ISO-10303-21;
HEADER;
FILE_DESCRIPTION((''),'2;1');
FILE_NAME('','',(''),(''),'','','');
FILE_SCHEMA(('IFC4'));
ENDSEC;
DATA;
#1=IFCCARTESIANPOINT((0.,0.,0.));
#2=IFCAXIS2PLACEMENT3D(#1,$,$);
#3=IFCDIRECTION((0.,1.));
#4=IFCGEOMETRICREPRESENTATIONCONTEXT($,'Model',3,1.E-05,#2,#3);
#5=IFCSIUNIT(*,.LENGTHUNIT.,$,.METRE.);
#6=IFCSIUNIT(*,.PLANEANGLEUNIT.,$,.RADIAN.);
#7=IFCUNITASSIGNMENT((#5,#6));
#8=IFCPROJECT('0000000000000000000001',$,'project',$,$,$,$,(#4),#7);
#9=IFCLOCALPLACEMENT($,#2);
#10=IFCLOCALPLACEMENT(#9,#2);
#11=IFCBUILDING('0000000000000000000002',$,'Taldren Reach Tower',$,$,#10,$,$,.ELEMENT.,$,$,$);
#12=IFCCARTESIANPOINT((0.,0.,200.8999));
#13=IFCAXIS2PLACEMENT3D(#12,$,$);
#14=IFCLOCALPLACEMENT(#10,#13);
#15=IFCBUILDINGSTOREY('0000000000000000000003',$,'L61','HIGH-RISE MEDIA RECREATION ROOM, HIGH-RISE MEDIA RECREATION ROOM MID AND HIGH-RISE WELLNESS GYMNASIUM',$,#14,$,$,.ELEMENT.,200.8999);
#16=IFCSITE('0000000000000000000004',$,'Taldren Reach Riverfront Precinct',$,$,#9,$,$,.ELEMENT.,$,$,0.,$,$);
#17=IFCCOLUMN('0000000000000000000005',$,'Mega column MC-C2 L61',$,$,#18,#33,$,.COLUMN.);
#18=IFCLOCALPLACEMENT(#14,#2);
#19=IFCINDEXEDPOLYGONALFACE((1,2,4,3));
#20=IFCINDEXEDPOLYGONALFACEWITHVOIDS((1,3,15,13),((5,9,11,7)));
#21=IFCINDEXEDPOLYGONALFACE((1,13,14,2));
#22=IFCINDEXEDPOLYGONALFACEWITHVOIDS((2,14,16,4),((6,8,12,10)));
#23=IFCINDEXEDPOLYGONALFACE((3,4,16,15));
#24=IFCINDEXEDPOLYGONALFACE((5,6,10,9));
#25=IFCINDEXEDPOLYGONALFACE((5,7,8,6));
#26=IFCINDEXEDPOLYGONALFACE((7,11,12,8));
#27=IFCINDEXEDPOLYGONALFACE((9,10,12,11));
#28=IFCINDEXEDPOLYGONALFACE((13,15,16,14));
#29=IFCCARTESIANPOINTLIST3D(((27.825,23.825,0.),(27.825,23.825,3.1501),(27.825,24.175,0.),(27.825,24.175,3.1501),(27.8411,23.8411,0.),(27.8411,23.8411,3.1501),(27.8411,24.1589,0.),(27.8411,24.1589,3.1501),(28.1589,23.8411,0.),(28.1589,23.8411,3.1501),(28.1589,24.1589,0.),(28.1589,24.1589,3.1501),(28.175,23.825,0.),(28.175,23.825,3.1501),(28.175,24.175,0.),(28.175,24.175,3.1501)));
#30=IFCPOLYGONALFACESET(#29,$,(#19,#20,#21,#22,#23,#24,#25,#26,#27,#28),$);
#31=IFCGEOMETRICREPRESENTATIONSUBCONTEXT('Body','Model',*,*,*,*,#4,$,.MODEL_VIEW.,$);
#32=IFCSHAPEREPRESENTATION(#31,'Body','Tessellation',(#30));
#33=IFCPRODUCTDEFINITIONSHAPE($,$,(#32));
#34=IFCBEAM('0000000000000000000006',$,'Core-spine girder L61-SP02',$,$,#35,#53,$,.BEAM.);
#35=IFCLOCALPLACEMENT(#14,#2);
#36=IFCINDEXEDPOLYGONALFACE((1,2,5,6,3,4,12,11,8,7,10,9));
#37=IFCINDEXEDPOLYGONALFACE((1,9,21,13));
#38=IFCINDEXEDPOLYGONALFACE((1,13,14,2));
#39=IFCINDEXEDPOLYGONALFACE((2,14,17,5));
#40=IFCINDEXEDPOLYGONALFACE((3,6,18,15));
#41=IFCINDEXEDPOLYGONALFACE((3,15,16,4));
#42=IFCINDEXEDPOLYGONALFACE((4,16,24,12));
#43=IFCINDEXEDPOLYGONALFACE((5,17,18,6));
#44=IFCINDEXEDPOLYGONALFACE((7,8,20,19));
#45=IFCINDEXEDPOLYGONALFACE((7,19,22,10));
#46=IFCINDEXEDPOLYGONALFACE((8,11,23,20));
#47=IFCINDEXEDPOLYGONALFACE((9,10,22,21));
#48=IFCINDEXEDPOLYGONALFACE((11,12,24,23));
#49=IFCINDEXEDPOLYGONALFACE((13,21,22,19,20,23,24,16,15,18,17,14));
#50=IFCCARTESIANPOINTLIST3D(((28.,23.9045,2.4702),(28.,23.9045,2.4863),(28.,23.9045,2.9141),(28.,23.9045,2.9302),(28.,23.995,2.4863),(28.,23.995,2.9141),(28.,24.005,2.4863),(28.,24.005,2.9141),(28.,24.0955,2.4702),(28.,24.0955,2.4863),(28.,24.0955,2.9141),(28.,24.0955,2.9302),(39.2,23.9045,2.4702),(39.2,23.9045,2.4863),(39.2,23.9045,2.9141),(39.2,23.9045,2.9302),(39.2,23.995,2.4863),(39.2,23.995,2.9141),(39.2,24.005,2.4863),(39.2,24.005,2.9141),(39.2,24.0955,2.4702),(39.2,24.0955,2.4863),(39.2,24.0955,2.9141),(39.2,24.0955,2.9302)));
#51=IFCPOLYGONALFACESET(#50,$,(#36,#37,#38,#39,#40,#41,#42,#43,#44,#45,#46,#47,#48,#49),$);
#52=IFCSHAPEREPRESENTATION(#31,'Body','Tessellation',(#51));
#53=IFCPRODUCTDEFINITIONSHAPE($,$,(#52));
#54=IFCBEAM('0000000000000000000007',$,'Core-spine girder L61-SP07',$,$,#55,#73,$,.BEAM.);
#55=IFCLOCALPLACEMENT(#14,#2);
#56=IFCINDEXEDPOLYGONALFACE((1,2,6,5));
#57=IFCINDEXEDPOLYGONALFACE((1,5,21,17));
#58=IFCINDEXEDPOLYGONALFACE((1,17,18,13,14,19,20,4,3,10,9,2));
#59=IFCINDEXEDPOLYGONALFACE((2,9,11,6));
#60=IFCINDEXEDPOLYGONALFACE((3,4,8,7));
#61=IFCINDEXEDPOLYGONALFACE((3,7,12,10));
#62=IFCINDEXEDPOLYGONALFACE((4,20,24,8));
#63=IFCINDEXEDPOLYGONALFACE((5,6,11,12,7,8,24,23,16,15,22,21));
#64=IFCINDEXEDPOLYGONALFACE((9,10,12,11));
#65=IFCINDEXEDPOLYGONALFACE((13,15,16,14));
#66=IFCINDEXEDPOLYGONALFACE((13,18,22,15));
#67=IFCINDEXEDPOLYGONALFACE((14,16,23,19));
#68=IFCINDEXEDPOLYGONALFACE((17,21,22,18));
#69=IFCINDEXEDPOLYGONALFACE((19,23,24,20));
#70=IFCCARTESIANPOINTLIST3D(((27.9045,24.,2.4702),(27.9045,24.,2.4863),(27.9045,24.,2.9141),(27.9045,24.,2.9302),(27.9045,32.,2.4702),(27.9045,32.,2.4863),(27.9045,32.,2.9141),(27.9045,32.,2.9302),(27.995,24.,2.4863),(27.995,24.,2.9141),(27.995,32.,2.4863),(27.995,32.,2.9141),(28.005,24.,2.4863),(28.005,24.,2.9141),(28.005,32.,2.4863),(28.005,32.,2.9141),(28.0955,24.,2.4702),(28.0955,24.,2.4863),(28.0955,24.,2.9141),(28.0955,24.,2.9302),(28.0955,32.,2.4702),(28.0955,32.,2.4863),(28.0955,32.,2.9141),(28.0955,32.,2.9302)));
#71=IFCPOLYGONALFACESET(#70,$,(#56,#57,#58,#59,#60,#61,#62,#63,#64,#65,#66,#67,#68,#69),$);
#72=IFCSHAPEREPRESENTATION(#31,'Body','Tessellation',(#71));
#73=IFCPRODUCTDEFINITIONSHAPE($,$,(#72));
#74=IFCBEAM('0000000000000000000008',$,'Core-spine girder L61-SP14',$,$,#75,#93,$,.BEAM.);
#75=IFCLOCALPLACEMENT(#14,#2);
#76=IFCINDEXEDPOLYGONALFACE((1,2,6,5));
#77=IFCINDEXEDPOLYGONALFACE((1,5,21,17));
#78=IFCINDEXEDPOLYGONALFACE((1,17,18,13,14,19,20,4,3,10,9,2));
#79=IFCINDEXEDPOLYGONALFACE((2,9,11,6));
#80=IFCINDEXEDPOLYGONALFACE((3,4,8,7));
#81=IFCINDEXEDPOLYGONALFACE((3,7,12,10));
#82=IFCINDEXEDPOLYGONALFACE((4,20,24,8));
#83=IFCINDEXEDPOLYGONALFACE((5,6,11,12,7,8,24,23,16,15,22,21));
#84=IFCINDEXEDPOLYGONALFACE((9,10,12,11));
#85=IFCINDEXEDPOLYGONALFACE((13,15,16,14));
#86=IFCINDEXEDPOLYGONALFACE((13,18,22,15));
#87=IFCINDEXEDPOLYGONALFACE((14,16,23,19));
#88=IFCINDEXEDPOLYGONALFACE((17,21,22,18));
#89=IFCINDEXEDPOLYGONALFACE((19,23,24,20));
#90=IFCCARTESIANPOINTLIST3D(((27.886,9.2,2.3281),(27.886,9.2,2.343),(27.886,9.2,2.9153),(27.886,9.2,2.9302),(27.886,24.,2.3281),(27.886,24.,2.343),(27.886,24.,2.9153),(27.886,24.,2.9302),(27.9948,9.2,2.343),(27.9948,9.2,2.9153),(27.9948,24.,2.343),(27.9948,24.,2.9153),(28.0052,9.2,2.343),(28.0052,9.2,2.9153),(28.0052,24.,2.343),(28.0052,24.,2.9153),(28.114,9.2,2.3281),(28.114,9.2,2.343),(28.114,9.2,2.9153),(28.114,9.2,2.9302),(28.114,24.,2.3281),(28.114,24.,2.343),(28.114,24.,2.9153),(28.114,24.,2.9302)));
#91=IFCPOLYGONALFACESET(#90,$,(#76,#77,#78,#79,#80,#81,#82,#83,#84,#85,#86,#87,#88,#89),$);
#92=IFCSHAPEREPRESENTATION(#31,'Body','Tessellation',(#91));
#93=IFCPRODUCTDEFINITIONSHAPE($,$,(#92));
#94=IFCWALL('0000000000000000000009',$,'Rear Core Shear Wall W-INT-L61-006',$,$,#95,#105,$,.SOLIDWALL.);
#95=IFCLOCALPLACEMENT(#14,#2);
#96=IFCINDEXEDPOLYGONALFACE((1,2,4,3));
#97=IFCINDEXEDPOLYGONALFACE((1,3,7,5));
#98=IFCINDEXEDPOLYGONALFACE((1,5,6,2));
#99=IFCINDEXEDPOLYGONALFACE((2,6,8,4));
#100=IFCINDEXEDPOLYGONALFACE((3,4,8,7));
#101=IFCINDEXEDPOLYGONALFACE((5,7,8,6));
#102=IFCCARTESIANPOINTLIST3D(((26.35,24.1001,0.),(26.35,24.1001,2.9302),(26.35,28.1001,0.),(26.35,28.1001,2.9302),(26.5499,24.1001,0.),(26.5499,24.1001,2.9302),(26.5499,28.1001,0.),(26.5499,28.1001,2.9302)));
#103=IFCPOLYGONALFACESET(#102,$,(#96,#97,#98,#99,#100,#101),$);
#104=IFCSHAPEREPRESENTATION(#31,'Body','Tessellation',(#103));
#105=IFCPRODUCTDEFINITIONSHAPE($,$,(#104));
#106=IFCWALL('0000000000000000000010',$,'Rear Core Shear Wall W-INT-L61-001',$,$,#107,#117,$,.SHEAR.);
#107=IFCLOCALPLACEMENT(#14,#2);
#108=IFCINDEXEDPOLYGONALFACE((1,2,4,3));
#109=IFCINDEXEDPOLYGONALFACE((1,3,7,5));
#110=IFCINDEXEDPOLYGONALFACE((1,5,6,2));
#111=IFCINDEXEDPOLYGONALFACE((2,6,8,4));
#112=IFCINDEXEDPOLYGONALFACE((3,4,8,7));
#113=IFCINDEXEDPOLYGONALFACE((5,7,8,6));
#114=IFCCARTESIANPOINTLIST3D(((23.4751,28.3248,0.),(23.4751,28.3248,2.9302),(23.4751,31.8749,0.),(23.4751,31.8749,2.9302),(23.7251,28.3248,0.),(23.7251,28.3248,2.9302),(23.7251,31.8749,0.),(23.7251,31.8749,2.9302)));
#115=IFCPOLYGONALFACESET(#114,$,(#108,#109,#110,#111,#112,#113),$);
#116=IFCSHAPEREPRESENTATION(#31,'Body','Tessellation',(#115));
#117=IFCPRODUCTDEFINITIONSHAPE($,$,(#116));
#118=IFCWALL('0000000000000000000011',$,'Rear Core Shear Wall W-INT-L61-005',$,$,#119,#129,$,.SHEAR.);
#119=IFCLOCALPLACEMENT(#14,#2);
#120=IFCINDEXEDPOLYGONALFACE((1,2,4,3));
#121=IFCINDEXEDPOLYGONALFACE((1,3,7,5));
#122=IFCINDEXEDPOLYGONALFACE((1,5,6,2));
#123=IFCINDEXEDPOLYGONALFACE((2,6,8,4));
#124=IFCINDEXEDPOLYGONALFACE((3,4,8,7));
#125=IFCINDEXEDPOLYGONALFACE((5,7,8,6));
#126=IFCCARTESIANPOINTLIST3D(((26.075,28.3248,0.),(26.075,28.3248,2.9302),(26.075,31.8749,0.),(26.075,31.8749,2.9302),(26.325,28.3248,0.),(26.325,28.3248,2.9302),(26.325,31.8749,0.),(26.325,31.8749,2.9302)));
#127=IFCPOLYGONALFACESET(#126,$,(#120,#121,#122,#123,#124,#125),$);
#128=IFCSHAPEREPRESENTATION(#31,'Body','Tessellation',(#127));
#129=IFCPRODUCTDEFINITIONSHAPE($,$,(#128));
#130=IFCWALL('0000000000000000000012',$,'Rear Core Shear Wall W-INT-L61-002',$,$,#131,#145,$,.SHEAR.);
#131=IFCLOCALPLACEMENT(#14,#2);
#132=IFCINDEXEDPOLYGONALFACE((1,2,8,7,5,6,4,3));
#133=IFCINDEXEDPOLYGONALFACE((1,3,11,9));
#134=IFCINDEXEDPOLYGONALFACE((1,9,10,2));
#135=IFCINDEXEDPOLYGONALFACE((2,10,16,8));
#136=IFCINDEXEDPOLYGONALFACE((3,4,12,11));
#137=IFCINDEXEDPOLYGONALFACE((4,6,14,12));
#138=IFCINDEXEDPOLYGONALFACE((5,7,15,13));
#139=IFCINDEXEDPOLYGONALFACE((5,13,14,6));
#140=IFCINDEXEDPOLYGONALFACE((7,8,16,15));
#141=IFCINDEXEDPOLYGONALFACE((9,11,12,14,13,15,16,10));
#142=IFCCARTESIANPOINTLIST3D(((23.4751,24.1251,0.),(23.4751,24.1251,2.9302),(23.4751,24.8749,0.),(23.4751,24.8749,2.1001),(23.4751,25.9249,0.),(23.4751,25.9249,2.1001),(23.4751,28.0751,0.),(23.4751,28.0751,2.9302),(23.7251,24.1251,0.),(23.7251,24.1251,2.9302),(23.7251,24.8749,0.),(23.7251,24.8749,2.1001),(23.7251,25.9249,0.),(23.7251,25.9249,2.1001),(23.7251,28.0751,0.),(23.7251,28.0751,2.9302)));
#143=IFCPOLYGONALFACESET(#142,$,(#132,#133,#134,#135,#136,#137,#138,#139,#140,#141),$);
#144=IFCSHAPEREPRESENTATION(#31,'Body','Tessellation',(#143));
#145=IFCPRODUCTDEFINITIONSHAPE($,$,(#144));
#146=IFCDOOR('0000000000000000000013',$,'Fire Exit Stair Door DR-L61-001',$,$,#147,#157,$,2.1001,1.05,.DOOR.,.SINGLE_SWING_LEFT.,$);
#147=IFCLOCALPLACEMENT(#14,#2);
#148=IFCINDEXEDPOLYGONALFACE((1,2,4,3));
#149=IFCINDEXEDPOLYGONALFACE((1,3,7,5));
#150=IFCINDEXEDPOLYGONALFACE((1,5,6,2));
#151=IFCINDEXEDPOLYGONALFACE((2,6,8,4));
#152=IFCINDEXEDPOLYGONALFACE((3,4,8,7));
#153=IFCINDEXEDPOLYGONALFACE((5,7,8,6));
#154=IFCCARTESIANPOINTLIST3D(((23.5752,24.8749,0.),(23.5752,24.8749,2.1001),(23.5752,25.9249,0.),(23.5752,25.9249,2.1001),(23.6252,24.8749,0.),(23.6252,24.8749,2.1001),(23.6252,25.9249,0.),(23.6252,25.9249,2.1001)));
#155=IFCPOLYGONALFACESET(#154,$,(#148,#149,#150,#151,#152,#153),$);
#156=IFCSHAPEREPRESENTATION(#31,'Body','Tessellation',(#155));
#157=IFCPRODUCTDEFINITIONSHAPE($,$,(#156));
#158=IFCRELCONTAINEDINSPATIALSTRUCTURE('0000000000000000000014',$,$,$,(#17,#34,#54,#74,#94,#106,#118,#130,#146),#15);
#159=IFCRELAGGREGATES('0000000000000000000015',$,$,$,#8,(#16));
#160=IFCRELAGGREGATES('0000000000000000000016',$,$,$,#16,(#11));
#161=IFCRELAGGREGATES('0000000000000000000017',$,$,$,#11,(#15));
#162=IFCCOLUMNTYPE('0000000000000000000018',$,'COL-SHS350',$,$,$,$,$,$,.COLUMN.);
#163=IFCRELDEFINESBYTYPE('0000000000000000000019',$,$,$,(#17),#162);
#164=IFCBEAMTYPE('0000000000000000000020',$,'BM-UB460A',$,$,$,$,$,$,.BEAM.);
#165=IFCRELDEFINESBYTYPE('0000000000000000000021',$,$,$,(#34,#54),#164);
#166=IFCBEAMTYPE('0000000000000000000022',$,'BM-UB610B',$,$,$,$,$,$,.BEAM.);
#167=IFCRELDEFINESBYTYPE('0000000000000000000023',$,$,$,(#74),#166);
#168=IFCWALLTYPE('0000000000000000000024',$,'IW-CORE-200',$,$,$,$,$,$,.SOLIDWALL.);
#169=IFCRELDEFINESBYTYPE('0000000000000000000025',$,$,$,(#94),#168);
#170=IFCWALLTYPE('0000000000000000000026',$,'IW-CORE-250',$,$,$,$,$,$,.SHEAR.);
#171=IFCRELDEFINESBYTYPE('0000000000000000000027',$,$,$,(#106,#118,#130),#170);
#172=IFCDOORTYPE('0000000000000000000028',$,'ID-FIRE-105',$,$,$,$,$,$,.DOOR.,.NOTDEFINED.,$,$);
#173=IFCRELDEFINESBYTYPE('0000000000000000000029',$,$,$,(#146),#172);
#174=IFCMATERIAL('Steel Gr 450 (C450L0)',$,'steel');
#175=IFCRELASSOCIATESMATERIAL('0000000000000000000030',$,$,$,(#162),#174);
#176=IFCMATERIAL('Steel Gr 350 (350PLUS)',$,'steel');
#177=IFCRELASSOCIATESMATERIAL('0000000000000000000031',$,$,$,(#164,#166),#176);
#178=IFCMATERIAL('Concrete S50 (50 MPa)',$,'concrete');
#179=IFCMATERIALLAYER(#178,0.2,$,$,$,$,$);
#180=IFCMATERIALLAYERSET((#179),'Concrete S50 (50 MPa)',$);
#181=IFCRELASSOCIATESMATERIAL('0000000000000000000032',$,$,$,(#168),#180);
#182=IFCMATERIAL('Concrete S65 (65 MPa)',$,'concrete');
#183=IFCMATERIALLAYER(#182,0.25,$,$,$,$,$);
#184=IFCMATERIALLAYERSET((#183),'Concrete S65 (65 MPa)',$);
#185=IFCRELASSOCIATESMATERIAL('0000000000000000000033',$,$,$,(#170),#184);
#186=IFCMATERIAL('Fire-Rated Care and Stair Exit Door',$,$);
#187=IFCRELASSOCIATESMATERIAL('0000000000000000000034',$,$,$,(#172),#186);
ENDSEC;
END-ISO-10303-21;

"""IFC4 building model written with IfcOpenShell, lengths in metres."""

from ifc_helpers import new_model, si_unit, direction, frame, frame_2d, origin, origin_2d, place, context, subcontext, project, spatial, rectangle, hollow_rectangle, i_section, extrude, source, transform, mapped, material, layer, layer_set, material_profile, profile_set, type_object, element, fill, save


model = new_model("IFC4")

# Units and contexts
model_context = context("Model", 3, precision=1e-05, world=origin(), true_north=direction((0.0, 1.0)))
body_context = subcontext(model_context, "Body", "Model", "MODEL_VIEW")
ifc_project = project(units=[si_unit("LENGTHUNIT", "METRE"), si_unit("PLANEANGLEUNIT", "RADIAN")], contexts=[model_context])

# Site, building, storey
site_placement = place(None, origin())
site = spatial("IfcSite", under=ifc_project, at=site_placement, Name="Taldren Reach Riverfront Precinct", CompositionType="ELEMENT", RefElevation=0.0)
building_placement = place(site_placement, origin())
building = spatial("IfcBuilding", under=site, at=building_placement, Name="Taldren Reach Tower", CompositionType="ELEMENT")
storey_placement = place(building_placement, frame((0.0, 0.0, 200.8999)))
storey = spatial("IfcBuildingStorey", under=building, at=storey_placement, Name="L61", Description="HIGH-RISE MEDIA RECREATION ROOM, HIGH-RISE MEDIA RECREATION ROOM MID AND HIGH-RISE WELLNESS GYMNASIUM", CompositionType="ELEMENT", Elevation=200.8999)

# Column
ifc_material_1 = material(Name="Steel Gr 450 (C450L0)", Category="steel")
ifc_material_profile_1 = material_profile(ifc_material_1, hollow_rectangle(XDim=0.3501, YDim=0.3501, WallThickness=0.0161, at=origin_2d()), Name="350x350x16.0SHS")
ifc_profile_set_1 = profile_set([ifc_material_profile_1], Name="Steel Gr 450 (C450L0)")
column_type = type_object("IfcColumnType", Name="COL-SHS350", PredefinedType="COLUMN", material=ifc_profile_set_1)
shared_shape_1 = source(origin(), body_context, "Body", "SweptSolid", [
    extrude(hollow_rectangle(XDim=0.3501, YDim=0.3501, WallThickness=0.0161, at=origin_2d()), origin(), (0.0, 0.0, 1.0), 3.1501),
])
column_placement = place(storey_placement, frame((28.0, 24.0, 0.0), z_axis=(0.0, 0.0, 1.0), x_axis=(1.0, 0.0, 0.0)))
element("IfcColumn", 1, at=column_placement, inside=storey, type_object=column_type, Name="Mega column MC-C2 L61", PredefinedType="COLUMN", context=body_context, shape_type="MappedRepresentation", body=[
    mapped(shared_shape_1, transform((0.0, 0.0, 0.0), scale=1.0)),
])

# Beams
ifc_material_2 = material(Name="Steel Gr 350 (350PLUS)", Category="steel")
ifc_material_profile_2 = material_profile(ifc_material_2, i_section(OverallWidth=0.1909, OverallDepth=0.46, WebThickness=0.01, FlangeThickness=0.0161, at=origin_2d()), Name="460UB82.1")
ifc_profile_set_2 = profile_set([ifc_material_profile_2], Name="Steel Gr 350 (350PLUS)")
beam_type_1 = type_object("IfcBeamType", Name="BM-UB460A", PredefinedType="BEAM", material=ifc_profile_set_2)
shared_shape_2 = source(origin(), body_context, "Body", "SweptSolid", [
    extrude(i_section(OverallWidth=0.1909, OverallDepth=0.46, WebThickness=0.01, FlangeThickness=0.0161, at=origin_2d()), origin(), (0.0, 0.0, 1.0), 11.2),
])
beam_1_placement = place(storey_placement, frame((28.0, 24.0, 2.7002), z_axis=(1.0, 0.0, 0.0), x_axis=(0.0, 1.0, 0.0)))
element("IfcBeam", 2, at=beam_1_placement, inside=storey, type_object=beam_type_1, Name="Core-spine girder L61-SP02", PredefinedType="BEAM", context=body_context, shape_type="MappedRepresentation", body=[
    mapped(shared_shape_2, transform((0.0, 0.0, 0.0), scale=1.0)),
])
shared_shape_3 = source(origin(), body_context, "Body", "SweptSolid", [
    extrude(i_section(OverallWidth=0.1909, OverallDepth=0.46, WebThickness=0.01, FlangeThickness=0.0161, at=origin_2d()), origin(), (0.0, 0.0, 1.0), 8.0),
])
beam_2_placement = place(storey_placement, frame((28.0, 24.0, 2.7002), z_axis=(0.0, 1.0, 0.0), x_axis=(-1.0, 0.0, 0.0)))
element("IfcBeam", 3, at=beam_2_placement, inside=storey, type_object=beam_type_1, Name="Core-spine girder L61-SP07", PredefinedType="BEAM", context=body_context, shape_type="MappedRepresentation", body=[
    mapped(shared_shape_3, transform((0.0, 0.0, 0.0), scale=1.0)),
])
ifc_material_profile_3 = material_profile(ifc_material_2, i_section(OverallWidth=0.228, OverallDepth=0.6021, WebThickness=0.0105, FlangeThickness=0.0149, at=origin_2d()), Name="610UB101")
ifc_profile_set_3 = profile_set([ifc_material_profile_3], Name="Steel Gr 350 (350PLUS)")
beam_type_2 = type_object("IfcBeamType", Name="BM-UB610B", PredefinedType="BEAM", material=ifc_profile_set_3)
shared_shape_4 = source(origin(), body_context, "Body", "SweptSolid", [
    extrude(i_section(OverallWidth=0.228, OverallDepth=0.6021, WebThickness=0.0105, FlangeThickness=0.0149, at=origin_2d()), origin(), (0.0, 0.0, 1.0), 14.8),
])
beam_3_placement = place(storey_placement, frame((28.0, 24.0, 2.6292), z_axis=(0.0, -1.0, 0.0), x_axis=(1.0, 0.0, 0.0)))
element("IfcBeam", 4, at=beam_3_placement, inside=storey, type_object=beam_type_2, Name="Core-spine girder L61-SP14", PredefinedType="BEAM", context=body_context, shape_type="MappedRepresentation", body=[
    mapped(shared_shape_4, transform((0.0, 0.0, 0.0), scale=1.0)),
])

# Walls
ifc_material_3 = material(Name="Concrete S50 (50 MPa)", Category="concrete")
ifc_layer_1 = layer(ifc_material_3, 0.2)
ifc_layer_set_1 = layer_set([ifc_layer_1], Name="Concrete S50 (50 MPa)")
wall_type_1 = type_object("IfcWallType", Name="IW-CORE-200", PredefinedType="SOLIDWALL", material=ifc_layer_set_1)
shared_shape_5 = source(origin(), body_context, "Body", "SweptSolid", [
    extrude(rectangle(XDim=4.0, YDim=0.2, at=frame_2d((2.0, 0.0))), origin(), (0.0, 0.0, 1.0), 2.9302),
])
wall_1_placement = place(storey_placement, frame((26.45, 24.1001, 0.0), z_axis=(0.0, 0.0, 1.0), x_axis=(0.0, 1.0, 0.0)))
element("IfcWall", 5, at=wall_1_placement, inside=storey, type_object=wall_type_1, Name="Rear Core Shear Wall W-INT-L61-006", PredefinedType="SOLIDWALL", context=body_context, shape_type="MappedRepresentation", body=[
    mapped(shared_shape_5, transform((0.0, 0.0, 0.0), scale=1.0)),
])
ifc_material_4 = material(Name="Concrete S65 (65 MPa)", Category="concrete")
ifc_layer_2 = layer(ifc_material_4, 0.25)
ifc_layer_set_2 = layer_set([ifc_layer_2], Name="Concrete S65 (65 MPa)")
wall_type_2 = type_object("IfcWallType", Name="IW-CORE-250", PredefinedType="SHEAR", material=ifc_layer_set_2)
shared_shape_6 = source(origin(), body_context, "Body", "SweptSolid", [
    extrude(rectangle(XDim=3.55, YDim=0.25, at=frame_2d((1.7749, 0.0))), origin(), (0.0, 0.0, 1.0), 2.9302),
])
for number, where, z_axis, x_axis, name in (
    (6, (23.6001, 28.325, 0.0), (0.0, 0.0, 1.0), (0.0, 1.0, 0.0), "Rear Core Shear Wall W-INT-L61-001"),
    (7, (26.2, 28.325, 0.0), (0.0, 0.0, 1.0), (0.0, 1.0, 0.0), "Rear Core Shear Wall W-INT-L61-005"),
):
    element("IfcWall", number, at=place(storey_placement, frame(where, z_axis=z_axis, x_axis=x_axis)), inside=storey, type_object=wall_type_2, Name=name, PredefinedType="SHEAR", context=body_context, shape_type="MappedRepresentation", body=[
        mapped(shared_shape_6, transform((0.0, 0.0, 0.0), scale=1.0)),
    ])

# Wall, opening, door
shared_shape_7 = source(origin(), body_context, "Body", "SweptSolid", [
    extrude(rectangle(XDim=3.95, YDim=0.25, at=frame_2d((1.9751, 0.0))), origin(), (0.0, 0.0, 1.0), 2.9302),
])
wall_2_placement = place(storey_placement, frame((23.6001, 24.125, 0.0), z_axis=(0.0, 0.0, 1.0), x_axis=(0.0, 1.0, 0.0)))
wall_2 = element("IfcWall", 8, at=wall_2_placement, inside=storey, type_object=wall_type_2, Name="Rear Core Shear Wall W-INT-L61-002", PredefinedType="SHEAR", context=body_context, shape_type="MappedRepresentation", body=[
    mapped(shared_shape_7, transform((0.0, 0.0, 0.0), scale=1.0)),
])
shared_shape_8 = source(origin(), body_context, "Body", "SweptSolid", [
    extrude(rectangle(XDim=1.05, YDim=2.1001, at=frame_2d((0.5249, 1.05))), frame((0.0, 0.135, 0.0), z_axis=(0.0, -1.0, 0.0), x_axis=(1.0, 0.0, 0.0)), (0.0, 0.0, 1.0), 0.27),
])
opening_1_placement = place(wall_2_placement, frame((0.75, 0.0, 0.0)))
opening_1 = element("IfcOpeningElement", 9, at=opening_1_placement, cuts=wall_2, PredefinedType="OPENING", context=body_context, shape_type="MappedRepresentation", body=[
    mapped(shared_shape_8, transform((0.0, 0.0, 0.0), scale=1.0)),
])
ifc_material_5 = material(Name="Fire-Rated Care and Stair Exit Door")
door_type_1 = type_object("IfcDoorType", Name="ID-FIRE-105", OperationType="NOTDEFINED", PredefinedType="DOOR", material=ifc_material_5)
shared_shape_9 = source(origin(), body_context, "Body", "SweptSolid", [
    extrude(rectangle(XDim=1.05, YDim=2.1001, at=frame_2d((0.5249, 1.05))), frame((0.0, 0.0249, 0.0), z_axis=(0.0, -1.0, 0.0), x_axis=(1.0, 0.0, 0.0)), (0.0, 0.0, 1.0), 0.05),
])
door_1_placement = place(opening_1_placement, origin())
door_1 = element("IfcDoor", 10, at=door_1_placement, inside=storey, type_object=door_type_1, Name="Fire Exit Stair Door DR-L61-001", OperationType="SINGLE_SWING_LEFT", OverallHeight=2.1001, OverallWidth=1.05, PredefinedType="DOOR", context=body_context, shape_type="MappedRepresentation", body=[
    mapped(shared_shape_9, transform((0.0, 0.0, 0.0), scale=1.0)),
])
fill(opening_1, door_1)

save(model, "model.ifc")
